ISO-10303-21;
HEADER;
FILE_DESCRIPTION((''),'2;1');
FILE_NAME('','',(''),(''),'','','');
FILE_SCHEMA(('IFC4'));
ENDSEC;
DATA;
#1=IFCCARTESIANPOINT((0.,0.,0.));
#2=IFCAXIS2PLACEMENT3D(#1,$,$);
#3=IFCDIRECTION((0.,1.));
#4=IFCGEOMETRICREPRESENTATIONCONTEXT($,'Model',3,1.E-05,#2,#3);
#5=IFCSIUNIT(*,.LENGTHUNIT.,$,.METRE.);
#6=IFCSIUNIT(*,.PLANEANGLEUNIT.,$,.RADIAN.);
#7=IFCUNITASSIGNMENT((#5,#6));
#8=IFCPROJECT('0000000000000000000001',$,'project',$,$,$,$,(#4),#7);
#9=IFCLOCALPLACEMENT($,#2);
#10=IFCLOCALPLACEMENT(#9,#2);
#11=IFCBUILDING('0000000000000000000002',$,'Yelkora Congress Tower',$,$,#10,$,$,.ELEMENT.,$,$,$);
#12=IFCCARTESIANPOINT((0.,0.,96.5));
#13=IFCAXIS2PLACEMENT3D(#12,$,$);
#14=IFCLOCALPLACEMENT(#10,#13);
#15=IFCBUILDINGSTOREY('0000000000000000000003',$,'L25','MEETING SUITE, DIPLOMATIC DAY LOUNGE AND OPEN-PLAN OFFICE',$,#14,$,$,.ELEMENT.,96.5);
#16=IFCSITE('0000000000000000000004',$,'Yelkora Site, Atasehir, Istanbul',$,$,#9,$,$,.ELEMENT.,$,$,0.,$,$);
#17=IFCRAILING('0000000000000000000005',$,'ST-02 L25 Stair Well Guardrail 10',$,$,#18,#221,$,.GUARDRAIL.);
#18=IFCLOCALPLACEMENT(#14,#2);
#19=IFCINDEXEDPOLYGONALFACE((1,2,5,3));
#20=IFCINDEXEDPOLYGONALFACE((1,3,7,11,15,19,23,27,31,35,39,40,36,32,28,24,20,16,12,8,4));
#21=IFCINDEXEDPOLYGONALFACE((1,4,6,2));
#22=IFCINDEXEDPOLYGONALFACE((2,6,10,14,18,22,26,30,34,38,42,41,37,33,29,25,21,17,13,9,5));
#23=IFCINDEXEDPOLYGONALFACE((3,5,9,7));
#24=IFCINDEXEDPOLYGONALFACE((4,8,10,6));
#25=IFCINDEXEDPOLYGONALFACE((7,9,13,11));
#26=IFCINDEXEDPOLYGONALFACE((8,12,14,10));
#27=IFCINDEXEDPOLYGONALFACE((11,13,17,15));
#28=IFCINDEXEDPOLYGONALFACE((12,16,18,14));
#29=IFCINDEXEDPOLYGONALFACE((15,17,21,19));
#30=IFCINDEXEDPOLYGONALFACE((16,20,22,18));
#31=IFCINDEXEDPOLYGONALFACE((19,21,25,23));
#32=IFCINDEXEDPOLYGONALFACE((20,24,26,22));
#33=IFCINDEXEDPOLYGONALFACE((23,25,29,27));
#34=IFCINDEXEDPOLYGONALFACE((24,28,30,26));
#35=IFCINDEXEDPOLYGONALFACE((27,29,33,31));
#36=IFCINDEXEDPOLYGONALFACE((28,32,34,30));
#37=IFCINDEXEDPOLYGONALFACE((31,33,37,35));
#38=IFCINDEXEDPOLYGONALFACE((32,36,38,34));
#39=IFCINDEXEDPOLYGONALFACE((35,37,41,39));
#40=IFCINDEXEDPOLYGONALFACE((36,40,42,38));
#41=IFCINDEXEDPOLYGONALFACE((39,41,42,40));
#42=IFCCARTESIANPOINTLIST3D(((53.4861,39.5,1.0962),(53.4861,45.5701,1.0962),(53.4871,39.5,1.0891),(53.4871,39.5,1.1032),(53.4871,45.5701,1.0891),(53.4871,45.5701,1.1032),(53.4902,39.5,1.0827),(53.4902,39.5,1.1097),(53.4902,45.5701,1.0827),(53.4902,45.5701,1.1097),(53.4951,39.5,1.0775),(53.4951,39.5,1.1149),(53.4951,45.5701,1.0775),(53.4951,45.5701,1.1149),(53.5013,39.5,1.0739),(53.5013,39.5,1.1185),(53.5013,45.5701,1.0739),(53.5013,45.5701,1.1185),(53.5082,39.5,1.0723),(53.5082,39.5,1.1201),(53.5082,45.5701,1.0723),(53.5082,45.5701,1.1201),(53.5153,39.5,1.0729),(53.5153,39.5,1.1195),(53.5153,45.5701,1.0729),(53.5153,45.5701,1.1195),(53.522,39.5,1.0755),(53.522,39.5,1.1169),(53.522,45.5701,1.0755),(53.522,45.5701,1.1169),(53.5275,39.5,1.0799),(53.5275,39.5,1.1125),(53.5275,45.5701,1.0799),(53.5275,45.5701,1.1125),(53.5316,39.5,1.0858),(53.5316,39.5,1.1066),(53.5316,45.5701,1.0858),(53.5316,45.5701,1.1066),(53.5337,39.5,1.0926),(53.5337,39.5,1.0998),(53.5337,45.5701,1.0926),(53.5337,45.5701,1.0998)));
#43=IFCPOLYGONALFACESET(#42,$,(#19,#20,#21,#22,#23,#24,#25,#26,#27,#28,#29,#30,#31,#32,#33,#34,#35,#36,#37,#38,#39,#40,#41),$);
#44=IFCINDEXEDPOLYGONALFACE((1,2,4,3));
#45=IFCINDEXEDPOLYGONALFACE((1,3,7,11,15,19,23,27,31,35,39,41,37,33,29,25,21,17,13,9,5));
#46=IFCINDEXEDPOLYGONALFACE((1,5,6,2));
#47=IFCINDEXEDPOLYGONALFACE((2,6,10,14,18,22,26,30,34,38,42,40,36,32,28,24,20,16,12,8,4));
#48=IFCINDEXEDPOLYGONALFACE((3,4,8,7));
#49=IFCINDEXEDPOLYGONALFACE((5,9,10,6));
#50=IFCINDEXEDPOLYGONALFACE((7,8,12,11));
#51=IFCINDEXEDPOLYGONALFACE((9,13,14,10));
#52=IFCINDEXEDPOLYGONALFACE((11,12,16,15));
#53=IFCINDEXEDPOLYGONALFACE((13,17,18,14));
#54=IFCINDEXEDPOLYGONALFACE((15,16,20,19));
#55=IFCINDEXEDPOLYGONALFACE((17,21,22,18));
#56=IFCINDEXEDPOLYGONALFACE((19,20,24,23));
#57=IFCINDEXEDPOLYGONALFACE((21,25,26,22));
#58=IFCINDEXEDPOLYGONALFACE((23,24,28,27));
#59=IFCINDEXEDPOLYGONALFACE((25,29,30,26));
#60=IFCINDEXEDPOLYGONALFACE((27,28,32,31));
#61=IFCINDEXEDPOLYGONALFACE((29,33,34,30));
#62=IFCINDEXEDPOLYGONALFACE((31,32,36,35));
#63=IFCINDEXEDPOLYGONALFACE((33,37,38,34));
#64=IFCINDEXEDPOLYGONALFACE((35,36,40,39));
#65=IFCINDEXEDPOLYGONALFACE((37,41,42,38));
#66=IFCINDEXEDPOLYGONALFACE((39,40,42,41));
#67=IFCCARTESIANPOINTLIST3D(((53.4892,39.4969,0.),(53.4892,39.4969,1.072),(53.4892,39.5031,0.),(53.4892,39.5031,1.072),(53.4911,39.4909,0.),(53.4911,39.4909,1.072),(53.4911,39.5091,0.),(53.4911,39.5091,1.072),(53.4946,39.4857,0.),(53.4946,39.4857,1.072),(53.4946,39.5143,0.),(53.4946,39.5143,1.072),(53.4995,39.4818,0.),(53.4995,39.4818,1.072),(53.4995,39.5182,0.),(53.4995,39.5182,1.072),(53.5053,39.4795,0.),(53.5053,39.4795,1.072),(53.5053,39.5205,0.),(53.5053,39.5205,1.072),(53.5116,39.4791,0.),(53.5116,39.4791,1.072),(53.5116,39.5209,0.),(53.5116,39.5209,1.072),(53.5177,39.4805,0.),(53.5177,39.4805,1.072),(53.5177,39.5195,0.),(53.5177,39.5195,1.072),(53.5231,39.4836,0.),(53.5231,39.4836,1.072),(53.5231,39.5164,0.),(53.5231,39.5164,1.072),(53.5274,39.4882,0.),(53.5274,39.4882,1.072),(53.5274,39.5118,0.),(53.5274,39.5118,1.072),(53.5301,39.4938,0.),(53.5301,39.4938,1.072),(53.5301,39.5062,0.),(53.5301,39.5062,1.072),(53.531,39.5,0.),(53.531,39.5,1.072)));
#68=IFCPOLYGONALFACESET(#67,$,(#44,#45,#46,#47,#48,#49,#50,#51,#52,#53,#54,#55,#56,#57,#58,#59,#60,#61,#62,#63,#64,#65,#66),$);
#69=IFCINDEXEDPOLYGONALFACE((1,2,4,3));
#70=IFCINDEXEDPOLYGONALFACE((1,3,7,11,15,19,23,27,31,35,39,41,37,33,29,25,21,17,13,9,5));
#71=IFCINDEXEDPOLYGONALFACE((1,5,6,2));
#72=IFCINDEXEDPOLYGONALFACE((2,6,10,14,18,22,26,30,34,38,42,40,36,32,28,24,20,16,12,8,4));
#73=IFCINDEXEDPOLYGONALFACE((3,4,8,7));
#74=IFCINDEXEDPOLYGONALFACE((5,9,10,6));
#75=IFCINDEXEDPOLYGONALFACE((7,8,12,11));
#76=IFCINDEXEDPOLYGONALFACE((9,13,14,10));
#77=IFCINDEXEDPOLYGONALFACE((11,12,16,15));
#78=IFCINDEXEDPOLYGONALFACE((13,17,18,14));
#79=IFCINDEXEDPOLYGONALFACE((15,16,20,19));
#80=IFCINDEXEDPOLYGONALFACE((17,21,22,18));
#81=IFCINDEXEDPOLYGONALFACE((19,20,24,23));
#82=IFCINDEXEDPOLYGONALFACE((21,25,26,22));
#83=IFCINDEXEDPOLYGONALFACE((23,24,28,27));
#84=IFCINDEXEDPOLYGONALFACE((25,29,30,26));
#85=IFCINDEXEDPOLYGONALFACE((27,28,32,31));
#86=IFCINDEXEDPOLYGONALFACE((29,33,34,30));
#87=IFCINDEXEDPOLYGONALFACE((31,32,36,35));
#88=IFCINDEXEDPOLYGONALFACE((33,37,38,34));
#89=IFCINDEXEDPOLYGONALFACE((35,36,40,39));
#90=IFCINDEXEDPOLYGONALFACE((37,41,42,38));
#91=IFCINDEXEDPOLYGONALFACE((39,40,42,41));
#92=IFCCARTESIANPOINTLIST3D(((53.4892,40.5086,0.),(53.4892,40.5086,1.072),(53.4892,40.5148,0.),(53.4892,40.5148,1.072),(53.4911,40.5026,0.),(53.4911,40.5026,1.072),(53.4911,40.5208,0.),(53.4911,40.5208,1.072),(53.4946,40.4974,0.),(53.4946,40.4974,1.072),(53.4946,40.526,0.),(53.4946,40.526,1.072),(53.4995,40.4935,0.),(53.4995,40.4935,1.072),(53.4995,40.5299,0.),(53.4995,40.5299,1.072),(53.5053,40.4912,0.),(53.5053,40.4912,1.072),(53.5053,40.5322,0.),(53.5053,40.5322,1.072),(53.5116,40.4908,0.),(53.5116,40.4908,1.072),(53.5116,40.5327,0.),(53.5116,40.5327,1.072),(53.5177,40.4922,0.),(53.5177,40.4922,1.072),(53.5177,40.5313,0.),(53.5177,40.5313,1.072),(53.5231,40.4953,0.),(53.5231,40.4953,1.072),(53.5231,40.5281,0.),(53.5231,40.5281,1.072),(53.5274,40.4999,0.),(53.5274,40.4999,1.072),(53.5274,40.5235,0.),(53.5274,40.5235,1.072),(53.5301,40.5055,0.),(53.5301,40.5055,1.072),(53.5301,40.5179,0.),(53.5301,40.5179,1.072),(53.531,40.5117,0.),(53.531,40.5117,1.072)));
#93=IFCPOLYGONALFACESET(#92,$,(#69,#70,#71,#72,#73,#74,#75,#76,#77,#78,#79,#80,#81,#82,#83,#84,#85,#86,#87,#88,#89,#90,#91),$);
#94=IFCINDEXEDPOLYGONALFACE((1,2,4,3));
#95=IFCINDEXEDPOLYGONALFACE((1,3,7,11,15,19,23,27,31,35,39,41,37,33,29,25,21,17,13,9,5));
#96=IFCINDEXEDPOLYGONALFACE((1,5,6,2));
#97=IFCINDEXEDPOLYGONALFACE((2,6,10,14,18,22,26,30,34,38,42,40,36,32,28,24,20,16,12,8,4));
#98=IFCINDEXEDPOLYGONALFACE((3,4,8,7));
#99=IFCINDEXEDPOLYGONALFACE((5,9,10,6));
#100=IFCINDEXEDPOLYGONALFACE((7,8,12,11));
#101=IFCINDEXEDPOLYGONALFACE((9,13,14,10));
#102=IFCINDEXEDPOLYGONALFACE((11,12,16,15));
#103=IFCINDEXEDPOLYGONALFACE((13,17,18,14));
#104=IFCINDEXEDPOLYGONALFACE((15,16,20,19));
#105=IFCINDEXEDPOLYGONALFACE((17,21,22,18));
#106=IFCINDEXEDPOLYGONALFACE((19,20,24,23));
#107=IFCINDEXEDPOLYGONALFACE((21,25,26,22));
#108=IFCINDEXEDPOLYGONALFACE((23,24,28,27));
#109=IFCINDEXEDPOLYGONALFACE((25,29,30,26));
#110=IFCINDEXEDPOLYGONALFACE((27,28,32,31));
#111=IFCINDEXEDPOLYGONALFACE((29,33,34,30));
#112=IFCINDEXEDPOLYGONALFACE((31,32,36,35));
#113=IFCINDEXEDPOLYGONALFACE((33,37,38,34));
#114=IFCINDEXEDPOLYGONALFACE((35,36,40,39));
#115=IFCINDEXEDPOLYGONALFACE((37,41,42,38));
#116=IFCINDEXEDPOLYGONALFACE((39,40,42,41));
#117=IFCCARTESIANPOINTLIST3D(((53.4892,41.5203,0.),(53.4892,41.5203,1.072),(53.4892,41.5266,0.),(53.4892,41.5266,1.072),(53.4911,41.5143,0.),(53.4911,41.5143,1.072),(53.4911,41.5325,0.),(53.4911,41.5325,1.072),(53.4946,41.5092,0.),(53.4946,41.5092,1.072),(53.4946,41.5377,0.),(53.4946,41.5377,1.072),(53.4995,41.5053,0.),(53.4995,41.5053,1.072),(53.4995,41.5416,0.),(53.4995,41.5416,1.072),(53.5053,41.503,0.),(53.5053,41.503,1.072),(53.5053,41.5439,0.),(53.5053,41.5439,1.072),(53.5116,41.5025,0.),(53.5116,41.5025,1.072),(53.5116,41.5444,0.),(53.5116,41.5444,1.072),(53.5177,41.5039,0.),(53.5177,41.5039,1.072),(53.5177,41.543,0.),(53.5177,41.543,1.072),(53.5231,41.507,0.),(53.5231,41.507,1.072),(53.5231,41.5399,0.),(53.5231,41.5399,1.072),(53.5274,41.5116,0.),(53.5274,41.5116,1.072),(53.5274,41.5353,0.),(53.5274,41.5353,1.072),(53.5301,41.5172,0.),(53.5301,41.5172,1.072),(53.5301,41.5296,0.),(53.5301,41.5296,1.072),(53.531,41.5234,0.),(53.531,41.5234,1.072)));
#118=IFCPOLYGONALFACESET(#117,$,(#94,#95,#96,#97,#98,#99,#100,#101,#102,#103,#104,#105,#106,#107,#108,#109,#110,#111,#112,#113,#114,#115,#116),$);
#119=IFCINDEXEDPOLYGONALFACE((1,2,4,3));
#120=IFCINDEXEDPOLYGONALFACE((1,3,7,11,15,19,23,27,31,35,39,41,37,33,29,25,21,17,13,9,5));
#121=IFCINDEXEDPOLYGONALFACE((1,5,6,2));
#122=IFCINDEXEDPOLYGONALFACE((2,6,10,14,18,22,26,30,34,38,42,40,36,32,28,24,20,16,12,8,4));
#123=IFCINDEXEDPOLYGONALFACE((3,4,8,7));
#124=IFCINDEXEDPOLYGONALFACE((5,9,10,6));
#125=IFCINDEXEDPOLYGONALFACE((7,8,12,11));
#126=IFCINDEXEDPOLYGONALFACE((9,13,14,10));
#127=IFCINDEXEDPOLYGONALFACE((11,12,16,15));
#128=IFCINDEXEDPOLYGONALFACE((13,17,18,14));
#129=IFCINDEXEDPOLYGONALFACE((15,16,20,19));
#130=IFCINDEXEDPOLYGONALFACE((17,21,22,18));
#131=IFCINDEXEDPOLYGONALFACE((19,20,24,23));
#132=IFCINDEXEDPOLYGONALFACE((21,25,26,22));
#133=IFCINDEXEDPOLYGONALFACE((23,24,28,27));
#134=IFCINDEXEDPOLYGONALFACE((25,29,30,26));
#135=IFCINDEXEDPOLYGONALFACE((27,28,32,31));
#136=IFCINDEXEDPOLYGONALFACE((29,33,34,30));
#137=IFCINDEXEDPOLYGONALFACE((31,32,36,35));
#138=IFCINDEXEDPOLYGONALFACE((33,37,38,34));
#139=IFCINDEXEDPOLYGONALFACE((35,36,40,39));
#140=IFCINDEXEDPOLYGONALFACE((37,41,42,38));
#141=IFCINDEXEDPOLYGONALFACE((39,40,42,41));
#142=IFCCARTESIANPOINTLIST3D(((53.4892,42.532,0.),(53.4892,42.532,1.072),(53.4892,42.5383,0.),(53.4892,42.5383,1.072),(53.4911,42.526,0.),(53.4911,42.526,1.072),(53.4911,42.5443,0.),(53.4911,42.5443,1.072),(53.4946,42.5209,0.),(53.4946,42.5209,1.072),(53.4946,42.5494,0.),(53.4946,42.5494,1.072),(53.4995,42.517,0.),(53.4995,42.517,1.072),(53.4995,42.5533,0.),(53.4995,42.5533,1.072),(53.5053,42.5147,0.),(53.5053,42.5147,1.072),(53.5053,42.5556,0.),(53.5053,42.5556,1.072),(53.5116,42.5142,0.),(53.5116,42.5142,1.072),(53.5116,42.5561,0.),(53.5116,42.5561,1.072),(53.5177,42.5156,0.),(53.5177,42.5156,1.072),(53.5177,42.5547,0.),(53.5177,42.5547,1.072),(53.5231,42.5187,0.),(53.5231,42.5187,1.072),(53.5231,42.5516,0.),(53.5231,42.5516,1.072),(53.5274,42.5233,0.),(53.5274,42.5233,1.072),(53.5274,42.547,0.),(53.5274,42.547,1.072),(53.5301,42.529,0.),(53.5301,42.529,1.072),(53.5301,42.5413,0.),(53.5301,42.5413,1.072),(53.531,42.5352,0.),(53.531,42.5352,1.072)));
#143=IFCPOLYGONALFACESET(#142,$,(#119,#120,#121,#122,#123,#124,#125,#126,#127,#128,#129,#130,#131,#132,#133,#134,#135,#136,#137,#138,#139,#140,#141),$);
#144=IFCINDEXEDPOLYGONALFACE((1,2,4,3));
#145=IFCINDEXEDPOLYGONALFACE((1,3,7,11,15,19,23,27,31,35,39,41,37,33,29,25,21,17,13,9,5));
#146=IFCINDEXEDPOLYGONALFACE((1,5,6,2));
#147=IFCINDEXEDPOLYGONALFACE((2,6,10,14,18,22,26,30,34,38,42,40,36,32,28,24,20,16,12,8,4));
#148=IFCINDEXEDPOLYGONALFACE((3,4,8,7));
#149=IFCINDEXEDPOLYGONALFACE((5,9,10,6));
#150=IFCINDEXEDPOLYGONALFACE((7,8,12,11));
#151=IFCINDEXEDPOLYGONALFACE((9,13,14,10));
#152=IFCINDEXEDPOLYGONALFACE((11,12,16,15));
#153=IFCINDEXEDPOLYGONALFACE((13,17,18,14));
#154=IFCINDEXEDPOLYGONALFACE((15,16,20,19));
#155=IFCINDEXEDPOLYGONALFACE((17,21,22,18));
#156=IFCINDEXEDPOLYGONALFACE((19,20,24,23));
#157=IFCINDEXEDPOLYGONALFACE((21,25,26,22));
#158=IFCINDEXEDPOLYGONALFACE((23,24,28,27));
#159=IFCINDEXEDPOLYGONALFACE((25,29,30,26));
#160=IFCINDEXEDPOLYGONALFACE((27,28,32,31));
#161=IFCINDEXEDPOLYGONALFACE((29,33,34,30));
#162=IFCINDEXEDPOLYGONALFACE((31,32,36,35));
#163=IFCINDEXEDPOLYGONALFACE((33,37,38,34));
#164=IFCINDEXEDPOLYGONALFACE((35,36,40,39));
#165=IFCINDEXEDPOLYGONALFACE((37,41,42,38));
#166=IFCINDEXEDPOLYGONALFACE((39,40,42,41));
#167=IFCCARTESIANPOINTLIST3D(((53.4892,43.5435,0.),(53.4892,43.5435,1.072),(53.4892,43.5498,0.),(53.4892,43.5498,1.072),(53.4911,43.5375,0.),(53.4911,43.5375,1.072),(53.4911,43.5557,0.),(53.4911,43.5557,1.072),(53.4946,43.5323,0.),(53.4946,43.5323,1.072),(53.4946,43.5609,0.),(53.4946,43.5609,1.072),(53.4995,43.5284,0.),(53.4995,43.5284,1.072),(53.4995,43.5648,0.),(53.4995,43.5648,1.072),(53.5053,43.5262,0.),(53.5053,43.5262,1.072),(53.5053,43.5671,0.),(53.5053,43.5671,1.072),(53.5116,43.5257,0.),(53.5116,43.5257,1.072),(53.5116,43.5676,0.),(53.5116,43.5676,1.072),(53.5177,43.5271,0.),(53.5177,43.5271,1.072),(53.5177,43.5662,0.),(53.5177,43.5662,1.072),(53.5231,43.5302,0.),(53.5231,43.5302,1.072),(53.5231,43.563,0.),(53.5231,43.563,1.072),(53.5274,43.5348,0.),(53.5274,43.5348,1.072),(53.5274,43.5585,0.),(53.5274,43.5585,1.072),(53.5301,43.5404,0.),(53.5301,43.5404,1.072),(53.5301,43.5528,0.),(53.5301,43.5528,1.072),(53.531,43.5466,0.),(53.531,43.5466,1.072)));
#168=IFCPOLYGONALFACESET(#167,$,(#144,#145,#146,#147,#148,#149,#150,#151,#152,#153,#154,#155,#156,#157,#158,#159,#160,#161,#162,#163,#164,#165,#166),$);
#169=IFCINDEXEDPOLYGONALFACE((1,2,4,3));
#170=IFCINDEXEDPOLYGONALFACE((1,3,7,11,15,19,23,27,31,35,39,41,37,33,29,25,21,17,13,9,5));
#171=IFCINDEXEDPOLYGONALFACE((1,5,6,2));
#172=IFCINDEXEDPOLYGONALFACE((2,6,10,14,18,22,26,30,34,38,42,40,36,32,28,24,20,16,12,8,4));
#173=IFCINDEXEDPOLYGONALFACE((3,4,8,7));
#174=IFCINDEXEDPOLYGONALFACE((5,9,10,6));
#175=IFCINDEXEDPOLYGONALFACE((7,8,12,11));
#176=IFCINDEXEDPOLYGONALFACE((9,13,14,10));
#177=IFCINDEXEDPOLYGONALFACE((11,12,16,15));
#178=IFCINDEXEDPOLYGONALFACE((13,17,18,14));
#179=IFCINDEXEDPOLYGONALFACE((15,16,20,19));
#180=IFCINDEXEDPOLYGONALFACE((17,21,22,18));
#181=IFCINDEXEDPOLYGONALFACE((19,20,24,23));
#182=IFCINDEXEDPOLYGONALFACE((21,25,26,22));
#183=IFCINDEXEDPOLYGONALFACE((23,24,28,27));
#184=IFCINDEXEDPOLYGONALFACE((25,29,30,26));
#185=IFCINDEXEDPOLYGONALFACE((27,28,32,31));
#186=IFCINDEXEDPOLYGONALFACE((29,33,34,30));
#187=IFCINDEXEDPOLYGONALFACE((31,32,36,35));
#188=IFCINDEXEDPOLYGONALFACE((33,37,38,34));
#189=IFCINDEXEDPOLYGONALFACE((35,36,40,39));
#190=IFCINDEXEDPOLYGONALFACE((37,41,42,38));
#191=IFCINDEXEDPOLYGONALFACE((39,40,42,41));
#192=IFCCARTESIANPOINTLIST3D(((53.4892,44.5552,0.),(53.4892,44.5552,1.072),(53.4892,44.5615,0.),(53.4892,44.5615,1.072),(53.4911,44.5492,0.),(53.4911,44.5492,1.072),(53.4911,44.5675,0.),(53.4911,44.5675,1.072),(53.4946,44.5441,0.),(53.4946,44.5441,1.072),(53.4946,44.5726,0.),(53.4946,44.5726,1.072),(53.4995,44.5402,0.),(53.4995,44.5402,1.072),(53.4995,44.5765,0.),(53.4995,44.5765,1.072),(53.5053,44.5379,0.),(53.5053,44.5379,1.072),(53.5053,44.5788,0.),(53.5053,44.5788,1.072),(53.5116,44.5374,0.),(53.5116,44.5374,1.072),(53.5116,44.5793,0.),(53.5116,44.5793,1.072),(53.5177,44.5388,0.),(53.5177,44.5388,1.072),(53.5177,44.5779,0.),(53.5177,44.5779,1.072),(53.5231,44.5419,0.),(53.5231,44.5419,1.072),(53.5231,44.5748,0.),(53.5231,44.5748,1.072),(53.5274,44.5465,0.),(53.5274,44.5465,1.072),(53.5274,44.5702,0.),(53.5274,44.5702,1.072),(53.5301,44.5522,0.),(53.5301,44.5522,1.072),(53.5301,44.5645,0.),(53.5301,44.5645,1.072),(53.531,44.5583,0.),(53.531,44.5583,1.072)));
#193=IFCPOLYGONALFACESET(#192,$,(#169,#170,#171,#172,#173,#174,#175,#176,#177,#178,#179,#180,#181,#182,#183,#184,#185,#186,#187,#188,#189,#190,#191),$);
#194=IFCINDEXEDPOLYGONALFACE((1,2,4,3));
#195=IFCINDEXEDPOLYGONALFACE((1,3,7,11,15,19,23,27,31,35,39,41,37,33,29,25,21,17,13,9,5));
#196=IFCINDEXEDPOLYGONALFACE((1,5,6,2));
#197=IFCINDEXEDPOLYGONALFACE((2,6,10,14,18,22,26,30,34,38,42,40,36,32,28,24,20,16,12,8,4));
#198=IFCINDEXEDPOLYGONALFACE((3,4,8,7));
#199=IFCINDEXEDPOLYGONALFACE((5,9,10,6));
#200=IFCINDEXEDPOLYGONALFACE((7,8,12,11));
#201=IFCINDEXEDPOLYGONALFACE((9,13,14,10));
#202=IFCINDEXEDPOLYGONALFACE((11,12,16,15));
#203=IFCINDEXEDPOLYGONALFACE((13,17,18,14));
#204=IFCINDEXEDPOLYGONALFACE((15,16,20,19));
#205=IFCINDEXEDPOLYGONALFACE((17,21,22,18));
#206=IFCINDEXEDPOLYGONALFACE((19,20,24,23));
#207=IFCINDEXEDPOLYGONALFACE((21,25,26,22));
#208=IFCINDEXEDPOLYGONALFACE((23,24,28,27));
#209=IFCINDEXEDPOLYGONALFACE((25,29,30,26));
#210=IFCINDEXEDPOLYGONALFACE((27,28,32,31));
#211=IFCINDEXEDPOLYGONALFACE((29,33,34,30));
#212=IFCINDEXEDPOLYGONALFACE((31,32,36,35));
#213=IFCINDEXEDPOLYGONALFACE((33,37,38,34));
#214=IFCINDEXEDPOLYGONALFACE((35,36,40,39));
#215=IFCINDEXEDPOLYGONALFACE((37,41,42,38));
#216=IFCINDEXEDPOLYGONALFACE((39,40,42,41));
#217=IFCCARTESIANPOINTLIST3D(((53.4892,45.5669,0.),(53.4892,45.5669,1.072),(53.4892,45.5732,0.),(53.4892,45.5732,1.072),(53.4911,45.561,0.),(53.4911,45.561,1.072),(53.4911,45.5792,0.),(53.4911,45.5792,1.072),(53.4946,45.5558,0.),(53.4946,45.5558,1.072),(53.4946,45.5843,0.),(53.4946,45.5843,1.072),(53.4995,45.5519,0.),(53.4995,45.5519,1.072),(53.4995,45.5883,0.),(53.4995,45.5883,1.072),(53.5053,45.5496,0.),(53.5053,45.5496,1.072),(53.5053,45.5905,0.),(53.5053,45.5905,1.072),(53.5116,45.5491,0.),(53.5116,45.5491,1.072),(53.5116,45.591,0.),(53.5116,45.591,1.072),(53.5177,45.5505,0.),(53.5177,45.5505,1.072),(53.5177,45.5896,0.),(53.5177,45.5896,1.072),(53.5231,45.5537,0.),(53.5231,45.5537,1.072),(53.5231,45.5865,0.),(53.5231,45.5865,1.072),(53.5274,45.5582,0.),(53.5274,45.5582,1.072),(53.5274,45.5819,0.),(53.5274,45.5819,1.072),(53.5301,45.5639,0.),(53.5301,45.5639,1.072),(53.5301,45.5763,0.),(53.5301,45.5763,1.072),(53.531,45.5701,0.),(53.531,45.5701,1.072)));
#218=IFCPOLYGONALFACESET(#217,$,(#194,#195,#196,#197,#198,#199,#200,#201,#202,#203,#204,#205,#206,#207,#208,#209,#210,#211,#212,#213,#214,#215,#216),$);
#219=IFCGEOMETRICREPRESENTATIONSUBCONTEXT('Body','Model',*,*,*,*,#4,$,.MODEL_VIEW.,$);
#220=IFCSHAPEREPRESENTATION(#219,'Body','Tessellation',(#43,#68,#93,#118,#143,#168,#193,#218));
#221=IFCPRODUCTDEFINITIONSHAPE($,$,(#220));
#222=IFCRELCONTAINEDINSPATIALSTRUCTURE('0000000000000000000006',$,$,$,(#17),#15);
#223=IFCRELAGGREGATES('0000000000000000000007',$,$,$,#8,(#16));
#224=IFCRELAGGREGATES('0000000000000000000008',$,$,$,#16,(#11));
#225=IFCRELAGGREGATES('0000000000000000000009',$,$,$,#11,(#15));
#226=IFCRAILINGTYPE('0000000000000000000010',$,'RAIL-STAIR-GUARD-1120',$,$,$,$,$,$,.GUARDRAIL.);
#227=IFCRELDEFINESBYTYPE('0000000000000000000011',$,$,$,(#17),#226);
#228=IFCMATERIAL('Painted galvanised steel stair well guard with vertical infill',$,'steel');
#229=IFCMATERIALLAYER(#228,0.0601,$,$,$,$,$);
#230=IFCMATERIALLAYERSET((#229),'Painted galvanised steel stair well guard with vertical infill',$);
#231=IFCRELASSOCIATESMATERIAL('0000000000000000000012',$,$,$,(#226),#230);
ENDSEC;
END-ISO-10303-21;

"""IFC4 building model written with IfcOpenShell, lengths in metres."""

from ifc_helpers import new_model, si_unit, direction, frame, origin, origin_2d, place, context, subcontext, project, spatial, circle, extrude, material, layer, layer_set, type_object, element, save


model = new_model("IFC4")

# Units and contexts
model_context = context("Model", 3, precision=1e-05, world=origin(), true_north=direction((0.0, 1.0)))
body_context = subcontext(model_context, "Body", "Model", "MODEL_VIEW")
ifc_project = project(units=[si_unit("LENGTHUNIT", "METRE"), si_unit("PLANEANGLEUNIT", "RADIAN")], contexts=[model_context])

# Site, building, storey
site_placement = place(None, origin())
site = spatial("IfcSite", under=ifc_project, at=site_placement, Name="Yelkora Site, Atasehir, Istanbul", CompositionType="ELEMENT", RefElevation=0.0)
building_placement = place(site_placement, origin())
building = spatial("IfcBuilding", under=site, at=building_placement, Name="Yelkora Congress Tower", CompositionType="ELEMENT")
storey_placement = place(building_placement, frame((0.0, 0.0, 96.5)))
storey = spatial("IfcBuildingStorey", under=building, at=storey_placement, Name="L25", Description="MEETING SUITE, DIPLOMATIC DAY LOUNGE AND OPEN-PLAN OFFICE", CompositionType="ELEMENT", Elevation=96.5)

# Railing
ifc_material_1 = material(Name="Painted galvanised steel stair well guard with vertical infill", Category="steel")
ifc_layer_1 = layer(ifc_material_1, 0.0601)
ifc_layer_set_1 = layer_set([ifc_layer_1], Name="Painted galvanised steel stair well guard with vertical infill")
railing_type = type_object("IfcRailingType", Name="RAIL-STAIR-GUARD-1120", PredefinedType="GUARDRAIL", material=ifc_layer_set_1)
railing_1_placement = place(storey_placement, frame((53.51, 39.5, 0.0)))
element("IfcRailing", 1, at=railing_1_placement, inside=storey, type_object=railing_type, Name="ST-02 L25 Stair Well Guardrail 10", PredefinedType="GUARDRAIL", context=body_context, shape_type="SweptSolid", body=[
    extrude(circle(Radius=0.0239, at=origin_2d()), frame((0.0, 0.0, 1.0962), z_axis=(0.0, 1.0, 0.0), x_axis=(-1.0, 0.0, 0.0)), (0.0, 0.0, 1.0), 6.0701),
    extrude(circle(Radius=0.021, at=origin_2d()), origin(), (0.0, 0.0, 1.0), 1.072),
    extrude(circle(Radius=0.021, at=origin_2d()), frame((0.0, 1.0117, 0.0)), (0.0, 0.0, 1.0), 1.072),
    extrude(circle(Radius=0.021, at=origin_2d()), frame((0.0, 2.0234, 0.0)), (0.0, 0.0, 1.0), 1.072),
    extrude(circle(Radius=0.021, at=origin_2d()), frame((0.0, 3.0352, 0.0)), (0.0, 0.0, 1.0), 1.072),
    extrude(circle(Radius=0.021, at=origin_2d()), frame((0.0, 4.0466, 0.0)), (0.0, 0.0, 1.0), 1.072),
    extrude(circle(Radius=0.021, at=origin_2d()), frame((0.0, 5.0583, 0.0)), (0.0, 0.0, 1.0), 1.072),
    extrude(circle(Radius=0.021, at=origin_2d()), frame((0.0, 6.0701, 0.0)), (0.0, 0.0, 1.0), 1.072),
])

save(model, "model.ifc")
